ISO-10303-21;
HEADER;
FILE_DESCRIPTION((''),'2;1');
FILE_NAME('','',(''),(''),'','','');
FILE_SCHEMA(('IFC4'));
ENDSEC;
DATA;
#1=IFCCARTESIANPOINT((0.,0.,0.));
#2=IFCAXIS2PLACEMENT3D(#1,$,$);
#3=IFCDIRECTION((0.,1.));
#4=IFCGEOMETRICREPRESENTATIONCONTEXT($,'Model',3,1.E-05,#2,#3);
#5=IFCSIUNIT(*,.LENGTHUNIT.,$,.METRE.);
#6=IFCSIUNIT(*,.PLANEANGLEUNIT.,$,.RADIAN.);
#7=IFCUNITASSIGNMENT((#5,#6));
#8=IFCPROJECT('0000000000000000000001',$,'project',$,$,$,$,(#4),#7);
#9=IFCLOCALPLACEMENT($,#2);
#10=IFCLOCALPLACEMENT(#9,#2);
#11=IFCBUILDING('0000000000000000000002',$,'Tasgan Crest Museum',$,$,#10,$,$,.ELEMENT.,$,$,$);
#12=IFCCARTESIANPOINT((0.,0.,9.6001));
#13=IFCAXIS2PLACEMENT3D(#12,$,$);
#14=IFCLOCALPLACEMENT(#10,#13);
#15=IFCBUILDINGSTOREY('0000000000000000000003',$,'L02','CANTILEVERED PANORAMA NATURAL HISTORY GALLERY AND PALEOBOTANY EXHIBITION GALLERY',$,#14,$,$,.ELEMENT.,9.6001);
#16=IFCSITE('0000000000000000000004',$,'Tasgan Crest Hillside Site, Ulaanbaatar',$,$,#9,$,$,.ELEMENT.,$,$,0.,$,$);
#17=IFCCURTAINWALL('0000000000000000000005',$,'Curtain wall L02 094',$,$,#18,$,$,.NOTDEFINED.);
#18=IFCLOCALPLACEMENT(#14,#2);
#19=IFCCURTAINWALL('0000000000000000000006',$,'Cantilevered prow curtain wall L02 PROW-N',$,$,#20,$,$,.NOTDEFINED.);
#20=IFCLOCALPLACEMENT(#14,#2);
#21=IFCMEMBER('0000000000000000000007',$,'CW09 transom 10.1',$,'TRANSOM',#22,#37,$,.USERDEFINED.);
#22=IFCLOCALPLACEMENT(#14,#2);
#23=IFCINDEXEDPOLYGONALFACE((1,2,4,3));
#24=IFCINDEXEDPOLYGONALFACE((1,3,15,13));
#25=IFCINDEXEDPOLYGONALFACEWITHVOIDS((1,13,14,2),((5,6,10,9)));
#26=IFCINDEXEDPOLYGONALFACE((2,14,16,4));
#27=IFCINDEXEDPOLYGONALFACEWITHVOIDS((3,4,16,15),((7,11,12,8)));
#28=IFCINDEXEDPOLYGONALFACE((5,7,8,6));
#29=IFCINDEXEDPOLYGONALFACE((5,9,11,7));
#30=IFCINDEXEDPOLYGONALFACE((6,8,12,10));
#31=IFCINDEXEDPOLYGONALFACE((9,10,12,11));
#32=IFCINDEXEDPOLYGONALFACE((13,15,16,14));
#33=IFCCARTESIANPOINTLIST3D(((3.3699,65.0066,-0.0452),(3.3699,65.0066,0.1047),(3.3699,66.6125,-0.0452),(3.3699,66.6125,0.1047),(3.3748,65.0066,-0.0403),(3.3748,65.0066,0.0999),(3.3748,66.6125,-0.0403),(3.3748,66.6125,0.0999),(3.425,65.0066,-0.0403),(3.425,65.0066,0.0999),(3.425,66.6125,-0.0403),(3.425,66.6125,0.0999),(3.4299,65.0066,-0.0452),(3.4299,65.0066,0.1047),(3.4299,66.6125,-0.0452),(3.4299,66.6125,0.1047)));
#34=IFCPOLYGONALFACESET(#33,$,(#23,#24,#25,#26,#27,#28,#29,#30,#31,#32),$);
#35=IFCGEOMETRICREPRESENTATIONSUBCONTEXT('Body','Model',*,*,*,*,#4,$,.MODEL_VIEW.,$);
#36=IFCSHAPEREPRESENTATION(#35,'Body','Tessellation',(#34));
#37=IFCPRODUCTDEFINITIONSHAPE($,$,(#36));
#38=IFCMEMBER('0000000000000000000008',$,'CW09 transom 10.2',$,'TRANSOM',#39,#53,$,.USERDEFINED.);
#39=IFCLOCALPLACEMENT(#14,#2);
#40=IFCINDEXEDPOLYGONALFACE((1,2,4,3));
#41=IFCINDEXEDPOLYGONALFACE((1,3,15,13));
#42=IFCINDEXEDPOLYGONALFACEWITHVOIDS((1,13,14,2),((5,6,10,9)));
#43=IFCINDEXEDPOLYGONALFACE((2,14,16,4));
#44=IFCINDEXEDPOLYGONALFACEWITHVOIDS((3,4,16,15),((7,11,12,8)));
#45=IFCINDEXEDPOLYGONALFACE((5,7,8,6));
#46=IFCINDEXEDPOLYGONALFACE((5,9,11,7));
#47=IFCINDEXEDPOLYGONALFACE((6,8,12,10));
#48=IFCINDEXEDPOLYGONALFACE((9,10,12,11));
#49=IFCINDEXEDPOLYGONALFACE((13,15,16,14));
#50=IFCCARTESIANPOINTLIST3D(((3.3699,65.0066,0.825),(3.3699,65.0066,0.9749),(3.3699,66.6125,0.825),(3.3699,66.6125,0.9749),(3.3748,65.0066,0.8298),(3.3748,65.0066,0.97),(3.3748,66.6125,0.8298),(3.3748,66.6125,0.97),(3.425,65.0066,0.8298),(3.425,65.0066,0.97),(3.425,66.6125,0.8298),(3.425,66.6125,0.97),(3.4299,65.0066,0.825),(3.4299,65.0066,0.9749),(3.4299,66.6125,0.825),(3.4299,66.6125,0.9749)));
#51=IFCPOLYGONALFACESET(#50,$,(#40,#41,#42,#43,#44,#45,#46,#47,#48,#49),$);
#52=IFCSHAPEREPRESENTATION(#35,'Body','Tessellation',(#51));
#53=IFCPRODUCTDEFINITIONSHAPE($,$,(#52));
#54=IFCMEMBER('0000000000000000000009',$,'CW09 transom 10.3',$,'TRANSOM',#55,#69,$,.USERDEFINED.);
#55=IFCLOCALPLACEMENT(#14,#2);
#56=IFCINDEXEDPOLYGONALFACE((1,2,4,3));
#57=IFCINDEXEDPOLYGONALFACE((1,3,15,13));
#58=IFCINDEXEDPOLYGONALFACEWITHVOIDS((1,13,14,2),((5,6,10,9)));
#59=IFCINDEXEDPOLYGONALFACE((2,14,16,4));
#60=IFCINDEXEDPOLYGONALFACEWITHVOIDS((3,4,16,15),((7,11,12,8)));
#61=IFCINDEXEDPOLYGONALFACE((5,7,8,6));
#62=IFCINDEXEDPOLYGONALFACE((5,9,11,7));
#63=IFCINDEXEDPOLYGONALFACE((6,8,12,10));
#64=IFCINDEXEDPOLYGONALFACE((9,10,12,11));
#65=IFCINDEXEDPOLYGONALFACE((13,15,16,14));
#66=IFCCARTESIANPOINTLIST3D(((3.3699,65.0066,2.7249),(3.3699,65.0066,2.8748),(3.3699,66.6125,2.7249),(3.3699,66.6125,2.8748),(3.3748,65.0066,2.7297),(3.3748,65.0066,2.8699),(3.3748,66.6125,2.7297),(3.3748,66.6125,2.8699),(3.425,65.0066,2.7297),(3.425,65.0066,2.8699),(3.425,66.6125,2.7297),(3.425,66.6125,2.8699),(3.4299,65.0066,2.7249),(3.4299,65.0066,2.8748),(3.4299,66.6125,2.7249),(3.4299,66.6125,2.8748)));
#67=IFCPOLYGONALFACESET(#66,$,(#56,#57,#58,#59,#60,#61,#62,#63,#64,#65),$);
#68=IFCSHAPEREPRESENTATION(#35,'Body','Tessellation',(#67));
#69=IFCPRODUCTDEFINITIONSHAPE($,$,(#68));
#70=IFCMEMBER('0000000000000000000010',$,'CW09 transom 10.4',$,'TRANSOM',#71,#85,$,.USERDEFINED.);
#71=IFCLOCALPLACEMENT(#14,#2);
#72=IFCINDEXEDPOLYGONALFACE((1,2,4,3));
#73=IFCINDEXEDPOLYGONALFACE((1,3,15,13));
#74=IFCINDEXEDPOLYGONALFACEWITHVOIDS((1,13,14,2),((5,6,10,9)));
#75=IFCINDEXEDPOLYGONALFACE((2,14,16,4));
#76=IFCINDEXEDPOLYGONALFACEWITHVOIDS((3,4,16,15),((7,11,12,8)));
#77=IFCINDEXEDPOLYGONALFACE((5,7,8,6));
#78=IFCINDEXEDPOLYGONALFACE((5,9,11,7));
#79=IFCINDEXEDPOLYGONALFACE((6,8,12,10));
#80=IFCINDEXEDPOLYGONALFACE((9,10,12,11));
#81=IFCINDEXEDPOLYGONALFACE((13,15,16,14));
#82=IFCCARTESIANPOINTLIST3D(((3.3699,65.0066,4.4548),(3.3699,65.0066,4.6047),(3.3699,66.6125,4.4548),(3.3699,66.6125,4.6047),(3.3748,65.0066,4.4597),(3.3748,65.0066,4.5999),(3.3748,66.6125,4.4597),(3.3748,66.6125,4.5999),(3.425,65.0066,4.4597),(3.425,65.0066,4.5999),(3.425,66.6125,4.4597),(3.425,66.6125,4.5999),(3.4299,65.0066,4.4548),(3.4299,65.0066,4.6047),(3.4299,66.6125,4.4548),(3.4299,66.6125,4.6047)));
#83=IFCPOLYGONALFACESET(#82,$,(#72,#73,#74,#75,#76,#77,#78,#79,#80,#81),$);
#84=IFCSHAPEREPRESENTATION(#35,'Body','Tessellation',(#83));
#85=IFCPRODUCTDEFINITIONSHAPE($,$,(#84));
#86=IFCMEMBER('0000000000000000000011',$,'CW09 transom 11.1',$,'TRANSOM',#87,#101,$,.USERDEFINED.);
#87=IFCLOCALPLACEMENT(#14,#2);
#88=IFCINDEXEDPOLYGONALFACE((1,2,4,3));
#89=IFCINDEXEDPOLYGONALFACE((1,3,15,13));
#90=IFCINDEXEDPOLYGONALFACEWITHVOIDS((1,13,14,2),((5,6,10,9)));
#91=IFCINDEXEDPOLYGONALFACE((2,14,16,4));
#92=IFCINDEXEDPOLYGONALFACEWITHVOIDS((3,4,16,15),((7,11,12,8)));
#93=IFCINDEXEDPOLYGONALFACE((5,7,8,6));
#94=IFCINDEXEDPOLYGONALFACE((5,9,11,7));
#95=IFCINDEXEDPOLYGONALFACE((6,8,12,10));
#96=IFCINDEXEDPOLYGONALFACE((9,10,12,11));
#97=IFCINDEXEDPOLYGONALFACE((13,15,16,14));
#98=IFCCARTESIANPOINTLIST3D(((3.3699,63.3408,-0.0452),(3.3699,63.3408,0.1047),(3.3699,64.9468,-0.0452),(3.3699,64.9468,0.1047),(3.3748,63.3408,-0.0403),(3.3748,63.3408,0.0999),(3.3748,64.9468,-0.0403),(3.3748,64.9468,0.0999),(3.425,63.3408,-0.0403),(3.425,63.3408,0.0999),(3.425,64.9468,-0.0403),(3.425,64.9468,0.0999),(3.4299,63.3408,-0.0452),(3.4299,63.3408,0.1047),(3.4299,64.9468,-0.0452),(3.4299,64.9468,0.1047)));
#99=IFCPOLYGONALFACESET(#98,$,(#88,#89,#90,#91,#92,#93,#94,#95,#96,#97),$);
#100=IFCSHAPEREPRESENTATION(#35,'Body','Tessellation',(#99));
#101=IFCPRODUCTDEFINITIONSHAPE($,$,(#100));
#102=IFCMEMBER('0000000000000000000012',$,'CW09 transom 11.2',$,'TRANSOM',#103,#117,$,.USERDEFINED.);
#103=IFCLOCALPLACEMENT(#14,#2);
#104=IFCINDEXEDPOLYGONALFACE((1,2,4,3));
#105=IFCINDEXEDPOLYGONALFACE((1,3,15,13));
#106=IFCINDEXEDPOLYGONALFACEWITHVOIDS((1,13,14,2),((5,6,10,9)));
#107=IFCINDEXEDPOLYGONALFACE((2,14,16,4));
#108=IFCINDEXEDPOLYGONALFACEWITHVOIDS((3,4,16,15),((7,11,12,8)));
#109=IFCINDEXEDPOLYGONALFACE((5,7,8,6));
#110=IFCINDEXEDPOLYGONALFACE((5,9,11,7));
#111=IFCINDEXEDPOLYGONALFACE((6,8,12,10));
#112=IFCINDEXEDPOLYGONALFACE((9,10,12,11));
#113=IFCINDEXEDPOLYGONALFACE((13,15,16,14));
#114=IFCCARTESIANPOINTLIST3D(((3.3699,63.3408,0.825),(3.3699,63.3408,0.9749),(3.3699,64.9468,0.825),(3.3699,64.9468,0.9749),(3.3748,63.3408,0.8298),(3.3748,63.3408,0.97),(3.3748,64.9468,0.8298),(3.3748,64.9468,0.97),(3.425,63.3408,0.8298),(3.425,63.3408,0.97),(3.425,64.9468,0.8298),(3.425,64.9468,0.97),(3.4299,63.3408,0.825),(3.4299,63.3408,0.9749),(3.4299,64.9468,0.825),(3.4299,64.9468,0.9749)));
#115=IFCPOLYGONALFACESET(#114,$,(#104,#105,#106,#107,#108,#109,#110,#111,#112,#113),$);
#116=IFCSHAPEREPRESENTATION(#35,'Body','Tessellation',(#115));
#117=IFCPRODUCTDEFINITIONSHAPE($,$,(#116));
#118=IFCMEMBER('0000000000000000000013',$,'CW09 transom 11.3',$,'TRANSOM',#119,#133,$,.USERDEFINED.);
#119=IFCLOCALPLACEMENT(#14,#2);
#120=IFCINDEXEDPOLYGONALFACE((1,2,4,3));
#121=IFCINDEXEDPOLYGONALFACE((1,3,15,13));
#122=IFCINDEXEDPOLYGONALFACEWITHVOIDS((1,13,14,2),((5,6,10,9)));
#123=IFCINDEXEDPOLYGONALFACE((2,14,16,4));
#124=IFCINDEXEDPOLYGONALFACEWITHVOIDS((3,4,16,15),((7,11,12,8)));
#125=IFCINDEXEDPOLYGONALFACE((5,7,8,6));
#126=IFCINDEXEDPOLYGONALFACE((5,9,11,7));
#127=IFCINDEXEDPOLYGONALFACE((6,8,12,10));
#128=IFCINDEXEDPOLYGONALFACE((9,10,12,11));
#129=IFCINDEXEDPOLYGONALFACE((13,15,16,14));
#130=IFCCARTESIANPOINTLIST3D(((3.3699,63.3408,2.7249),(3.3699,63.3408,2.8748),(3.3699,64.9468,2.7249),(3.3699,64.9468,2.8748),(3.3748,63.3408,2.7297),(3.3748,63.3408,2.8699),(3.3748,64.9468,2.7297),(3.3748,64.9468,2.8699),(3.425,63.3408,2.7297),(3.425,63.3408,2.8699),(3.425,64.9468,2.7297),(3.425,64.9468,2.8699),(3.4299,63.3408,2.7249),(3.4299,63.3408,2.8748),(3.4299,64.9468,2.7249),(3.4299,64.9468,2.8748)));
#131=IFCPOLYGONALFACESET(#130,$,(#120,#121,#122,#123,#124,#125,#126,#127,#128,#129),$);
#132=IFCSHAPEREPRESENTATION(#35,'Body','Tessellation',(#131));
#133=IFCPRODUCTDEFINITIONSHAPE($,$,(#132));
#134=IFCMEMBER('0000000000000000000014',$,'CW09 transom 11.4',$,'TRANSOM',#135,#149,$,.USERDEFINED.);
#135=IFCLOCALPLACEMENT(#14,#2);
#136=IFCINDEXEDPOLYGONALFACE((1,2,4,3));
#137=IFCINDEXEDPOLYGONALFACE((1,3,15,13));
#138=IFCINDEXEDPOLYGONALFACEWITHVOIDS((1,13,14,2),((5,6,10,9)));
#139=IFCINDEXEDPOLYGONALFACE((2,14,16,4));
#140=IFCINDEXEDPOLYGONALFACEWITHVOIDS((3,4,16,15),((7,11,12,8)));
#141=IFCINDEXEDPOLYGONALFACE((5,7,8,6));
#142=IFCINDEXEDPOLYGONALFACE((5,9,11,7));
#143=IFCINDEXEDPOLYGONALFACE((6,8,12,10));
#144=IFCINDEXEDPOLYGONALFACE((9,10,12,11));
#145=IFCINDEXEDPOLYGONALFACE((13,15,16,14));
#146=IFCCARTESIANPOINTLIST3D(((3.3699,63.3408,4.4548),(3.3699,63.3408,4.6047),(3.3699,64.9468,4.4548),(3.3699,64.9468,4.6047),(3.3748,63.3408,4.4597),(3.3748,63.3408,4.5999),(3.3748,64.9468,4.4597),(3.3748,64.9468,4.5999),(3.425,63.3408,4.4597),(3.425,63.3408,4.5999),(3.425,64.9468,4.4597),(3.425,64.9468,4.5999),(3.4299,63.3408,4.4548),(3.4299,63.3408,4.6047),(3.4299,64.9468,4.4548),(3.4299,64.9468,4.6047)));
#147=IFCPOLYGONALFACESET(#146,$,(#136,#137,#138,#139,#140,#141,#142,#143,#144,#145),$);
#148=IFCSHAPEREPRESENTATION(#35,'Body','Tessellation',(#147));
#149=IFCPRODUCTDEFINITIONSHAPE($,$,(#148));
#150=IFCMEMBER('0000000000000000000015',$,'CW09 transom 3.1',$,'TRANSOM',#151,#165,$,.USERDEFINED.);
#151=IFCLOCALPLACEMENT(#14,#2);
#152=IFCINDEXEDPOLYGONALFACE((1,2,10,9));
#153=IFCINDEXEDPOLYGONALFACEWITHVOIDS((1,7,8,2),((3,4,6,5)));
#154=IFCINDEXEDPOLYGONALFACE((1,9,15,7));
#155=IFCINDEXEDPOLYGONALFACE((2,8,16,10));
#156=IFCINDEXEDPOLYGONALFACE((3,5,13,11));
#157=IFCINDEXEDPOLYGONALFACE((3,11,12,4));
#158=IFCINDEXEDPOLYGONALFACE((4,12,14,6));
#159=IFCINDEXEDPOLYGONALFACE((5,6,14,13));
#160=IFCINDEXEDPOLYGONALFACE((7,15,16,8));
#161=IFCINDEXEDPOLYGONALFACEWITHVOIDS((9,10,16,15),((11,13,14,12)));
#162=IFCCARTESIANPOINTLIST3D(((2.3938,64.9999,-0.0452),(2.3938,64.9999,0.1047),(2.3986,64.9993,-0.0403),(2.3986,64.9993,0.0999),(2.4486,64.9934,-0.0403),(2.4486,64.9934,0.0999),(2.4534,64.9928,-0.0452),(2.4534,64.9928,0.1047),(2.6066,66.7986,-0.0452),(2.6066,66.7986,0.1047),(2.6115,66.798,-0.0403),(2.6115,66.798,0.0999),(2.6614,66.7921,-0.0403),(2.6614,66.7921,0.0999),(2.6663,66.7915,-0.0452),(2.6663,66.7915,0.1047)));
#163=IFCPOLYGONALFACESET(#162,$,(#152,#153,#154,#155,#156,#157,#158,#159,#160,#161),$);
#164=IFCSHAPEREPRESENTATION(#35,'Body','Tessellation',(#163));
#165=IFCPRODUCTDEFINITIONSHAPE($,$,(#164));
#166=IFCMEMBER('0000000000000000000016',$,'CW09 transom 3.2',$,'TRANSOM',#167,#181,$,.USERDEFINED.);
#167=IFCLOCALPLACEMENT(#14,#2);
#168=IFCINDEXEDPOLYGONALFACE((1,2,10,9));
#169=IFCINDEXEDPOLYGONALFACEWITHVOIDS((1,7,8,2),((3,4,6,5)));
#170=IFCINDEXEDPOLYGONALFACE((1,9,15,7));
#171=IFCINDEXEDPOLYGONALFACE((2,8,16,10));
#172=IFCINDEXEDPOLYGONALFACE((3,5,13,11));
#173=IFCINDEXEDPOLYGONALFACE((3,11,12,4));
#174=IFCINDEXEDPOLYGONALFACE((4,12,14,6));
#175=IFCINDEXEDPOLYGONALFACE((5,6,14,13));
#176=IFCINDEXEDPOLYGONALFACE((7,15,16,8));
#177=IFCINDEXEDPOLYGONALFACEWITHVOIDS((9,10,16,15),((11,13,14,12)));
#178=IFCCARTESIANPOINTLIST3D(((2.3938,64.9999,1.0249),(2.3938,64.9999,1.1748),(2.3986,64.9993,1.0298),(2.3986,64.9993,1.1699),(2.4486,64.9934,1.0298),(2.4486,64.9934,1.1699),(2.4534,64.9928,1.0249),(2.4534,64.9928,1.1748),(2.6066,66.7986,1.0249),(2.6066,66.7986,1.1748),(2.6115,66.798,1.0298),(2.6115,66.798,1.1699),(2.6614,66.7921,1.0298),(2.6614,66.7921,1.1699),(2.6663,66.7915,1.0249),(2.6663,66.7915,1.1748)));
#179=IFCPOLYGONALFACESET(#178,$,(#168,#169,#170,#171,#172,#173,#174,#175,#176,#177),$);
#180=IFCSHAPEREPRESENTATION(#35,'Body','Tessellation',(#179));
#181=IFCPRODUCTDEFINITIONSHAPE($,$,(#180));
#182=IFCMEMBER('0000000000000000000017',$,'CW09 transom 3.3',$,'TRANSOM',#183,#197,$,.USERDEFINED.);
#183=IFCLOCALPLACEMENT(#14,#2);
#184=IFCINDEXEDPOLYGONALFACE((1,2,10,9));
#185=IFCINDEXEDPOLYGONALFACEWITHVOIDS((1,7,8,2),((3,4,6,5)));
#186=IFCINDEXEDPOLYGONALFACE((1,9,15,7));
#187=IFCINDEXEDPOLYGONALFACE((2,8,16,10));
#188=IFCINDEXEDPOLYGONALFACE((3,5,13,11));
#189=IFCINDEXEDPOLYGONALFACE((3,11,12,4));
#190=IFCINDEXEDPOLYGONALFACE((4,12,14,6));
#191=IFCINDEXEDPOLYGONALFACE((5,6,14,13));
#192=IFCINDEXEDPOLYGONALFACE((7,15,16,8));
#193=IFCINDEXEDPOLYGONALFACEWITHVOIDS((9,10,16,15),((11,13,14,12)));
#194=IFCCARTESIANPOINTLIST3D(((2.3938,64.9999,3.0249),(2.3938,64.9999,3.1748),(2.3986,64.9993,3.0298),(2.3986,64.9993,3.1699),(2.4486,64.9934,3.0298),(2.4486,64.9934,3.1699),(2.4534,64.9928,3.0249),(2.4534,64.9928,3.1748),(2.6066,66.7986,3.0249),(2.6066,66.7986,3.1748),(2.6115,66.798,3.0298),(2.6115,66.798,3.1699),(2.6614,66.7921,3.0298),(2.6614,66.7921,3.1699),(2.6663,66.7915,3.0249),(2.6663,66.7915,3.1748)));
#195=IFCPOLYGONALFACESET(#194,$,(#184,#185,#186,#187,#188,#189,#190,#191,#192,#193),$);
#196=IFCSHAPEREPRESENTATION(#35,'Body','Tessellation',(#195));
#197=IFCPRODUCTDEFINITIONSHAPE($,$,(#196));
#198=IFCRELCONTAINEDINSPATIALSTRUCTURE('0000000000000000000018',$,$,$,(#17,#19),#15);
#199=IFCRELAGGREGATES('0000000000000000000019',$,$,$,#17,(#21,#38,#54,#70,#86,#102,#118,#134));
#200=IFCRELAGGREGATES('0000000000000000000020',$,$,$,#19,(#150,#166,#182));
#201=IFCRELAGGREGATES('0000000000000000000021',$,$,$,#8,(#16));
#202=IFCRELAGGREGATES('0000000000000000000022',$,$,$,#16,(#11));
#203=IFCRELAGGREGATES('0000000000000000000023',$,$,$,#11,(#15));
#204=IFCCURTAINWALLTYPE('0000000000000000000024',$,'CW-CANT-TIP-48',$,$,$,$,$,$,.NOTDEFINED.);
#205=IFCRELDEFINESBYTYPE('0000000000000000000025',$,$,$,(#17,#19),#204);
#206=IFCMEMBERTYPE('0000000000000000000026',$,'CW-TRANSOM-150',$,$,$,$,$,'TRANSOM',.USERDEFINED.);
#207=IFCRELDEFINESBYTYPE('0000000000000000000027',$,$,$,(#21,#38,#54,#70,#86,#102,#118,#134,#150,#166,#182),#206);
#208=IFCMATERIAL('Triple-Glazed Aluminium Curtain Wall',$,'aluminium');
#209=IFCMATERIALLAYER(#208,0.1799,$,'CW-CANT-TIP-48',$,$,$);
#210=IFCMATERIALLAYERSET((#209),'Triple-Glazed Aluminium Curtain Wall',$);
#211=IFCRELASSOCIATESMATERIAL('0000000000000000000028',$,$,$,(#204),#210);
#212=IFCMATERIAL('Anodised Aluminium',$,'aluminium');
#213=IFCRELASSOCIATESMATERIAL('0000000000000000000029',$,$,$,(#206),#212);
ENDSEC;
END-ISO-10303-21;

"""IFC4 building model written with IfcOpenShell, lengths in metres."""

from ifc_helpers import new_model, si_unit, direction, frame, origin, origin_2d, place, context, subcontext, project, spatial, hollow_rectangle, extrude, material, layer, layer_set, material_profile, profile_set, type_object, element, aggregate, save


model = new_model("IFC4")

# Units and contexts
model_context = context("Model", 3, precision=1e-05, world=origin(), true_north=direction((0.0, 1.0)))
body_context = subcontext(model_context, "Body", "Model", "MODEL_VIEW")
ifc_project = project(units=[si_unit("LENGTHUNIT", "METRE"), si_unit("PLANEANGLEUNIT", "RADIAN")], contexts=[model_context])

# Site, building, storey
site_placement = place(None, origin())
site = spatial("IfcSite", under=ifc_project, at=site_placement, Name="Tasgan Crest Hillside Site, Ulaanbaatar", CompositionType="ELEMENT", RefElevation=0.0)
building_placement = place(site_placement, origin())
building = spatial("IfcBuilding", under=site, at=building_placement, Name="Tasgan Crest Museum", CompositionType="ELEMENT")
storey_placement = place(building_placement, frame((0.0, 0.0, 9.6001)))
storey = spatial("IfcBuildingStorey", under=building, at=storey_placement, Name="L02", Description="CANTILEVERED PANORAMA NATURAL HISTORY GALLERY AND PALEOBOTANY EXHIBITION GALLERY", CompositionType="ELEMENT", Elevation=9.6001)

# Curtain walls
ifc_material_1 = material(Name="Triple-Glazed Aluminium Curtain Wall", Category="aluminium")
ifc_layer_1 = layer(ifc_material_1, 0.1799, Name="CW-CANT-TIP-48")
ifc_layer_set_1 = layer_set([ifc_layer_1], Name="Triple-Glazed Aluminium Curtain Wall")
curtain_wall_type = type_object("IfcCurtainWallType", Name="CW-CANT-TIP-48", PredefinedType="NOTDEFINED", material=ifc_layer_set_1)
curtain_wall_1_placement = place(storey_placement, origin())
curtain_wall_1 = element("IfcCurtainWall", 1, at=curtain_wall_1_placement, inside=storey, type_object=curtain_wall_type, Name="Curtain wall L02 094", PredefinedType="NOTDEFINED")
curtain_wall_2_placement = place(storey_placement, origin())
curtain_wall_2 = element("IfcCurtainWall", 2, at=curtain_wall_2_placement, inside=storey, type_object=curtain_wall_type, Name="Cantilevered prow curtain wall L02 PROW-N", PredefinedType="NOTDEFINED")

# Members
ifc_material_2 = material(Name="Anodised Aluminium", Category="aluminium")
ifc_material_profile_1 = material_profile(ifc_material_2, hollow_rectangle(XDim=0.0601, YDim=0.1499, WallThickness=0.0049, at=origin_2d()), Name="ALU TRANSOM 150x60x5")
ifc_profile_set_1 = profile_set([ifc_material_profile_1], Name="Anodised Aluminium")
member_type_1 = type_object("IfcMemberType", Name="CW-TRANSOM-150", ElementType="TRANSOM", PredefinedType="USERDEFINED", material=ifc_profile_set_1)
member_1_placement = place(storey_placement, frame((3.3999, 66.6125, 0.0298), z_axis=(0.0, -1.0, 0.0), x_axis=(1.0, 0.0, 0.0)))
member_1 = element("IfcMember", 3, at=member_1_placement, type_object=member_type_1, Name="CW09 transom 10.1", ObjectType="TRANSOM", PredefinedType="USERDEFINED", context=body_context, shape_type="SweptSolid", body=[
    extrude(hollow_rectangle(XDim=0.0601, YDim=0.1499, WallThickness=0.0049, at=origin_2d()), origin(), (0.0, 0.0, 1.0), 1.606),
])
member_2_placement = place(storey_placement, frame((3.3999, 66.6125, 0.8999), z_axis=(0.0, -1.0, 0.0), x_axis=(1.0, 0.0, 0.0)))
member_2 = element("IfcMember", 4, at=member_2_placement, type_object=member_type_1, Name="CW09 transom 10.2", ObjectType="TRANSOM", PredefinedType="USERDEFINED", context=body_context, shape_type="SweptSolid", body=[
    extrude(hollow_rectangle(XDim=0.0601, YDim=0.1499, WallThickness=0.0049, at=origin_2d()), origin(), (0.0, 0.0, 1.0), 1.606),
])
member_3_placement = place(storey_placement, frame((3.3999, 66.6125, 2.7998), z_axis=(0.0, -1.0, 0.0), x_axis=(1.0, 0.0, 0.0)))
member_3 = element("IfcMember", 5, at=member_3_placement, type_object=member_type_1, Name="CW09 transom 10.3", ObjectType="TRANSOM", PredefinedType="USERDEFINED", context=body_context, shape_type="SweptSolid", body=[
    extrude(hollow_rectangle(XDim=0.0601, YDim=0.1499, WallThickness=0.0049, at=origin_2d()), origin(), (0.0, 0.0, 1.0), 1.606),
])
member_4_placement = place(storey_placement, frame((3.3999, 66.6125, 4.5298), z_axis=(0.0, -1.0, 0.0), x_axis=(1.0, 0.0, 0.0)))
member_4 = element("IfcMember", 6, at=member_4_placement, type_object=member_type_1, Name="CW09 transom 10.4", ObjectType="TRANSOM", PredefinedType="USERDEFINED", context=body_context, shape_type="SweptSolid", body=[
    extrude(hollow_rectangle(XDim=0.0601, YDim=0.1499, WallThickness=0.0049, at=origin_2d()), origin(), (0.0, 0.0, 1.0), 1.606),
])
member_5_placement = place(storey_placement, frame((3.3999, 64.9468, 0.0298), z_axis=(0.0, -1.0, 0.0), x_axis=(1.0, 0.0, 0.0)))
member_5 = element("IfcMember", 7, at=member_5_placement, type_object=member_type_1, Name="CW09 transom 11.1", ObjectType="TRANSOM", PredefinedType="USERDEFINED", context=body_context, shape_type="SweptSolid", body=[
    extrude(hollow_rectangle(XDim=0.0601, YDim=0.1499, WallThickness=0.0049, at=origin_2d()), origin(), (0.0, 0.0, 1.0), 1.606),
])
member_6_placement = place(storey_placement, frame((3.3999, 64.9468, 0.8999), z_axis=(0.0, -1.0, 0.0), x_axis=(1.0, 0.0, 0.0)))
member_6 = element("IfcMember", 8, at=member_6_placement, type_object=member_type_1, Name="CW09 transom 11.2", ObjectType="TRANSOM", PredefinedType="USERDEFINED", context=body_context, shape_type="SweptSolid", body=[
    extrude(hollow_rectangle(XDim=0.0601, YDim=0.1499, WallThickness=0.0049, at=origin_2d()), origin(), (0.0, 0.0, 1.0), 1.606),
])
member_7_placement = place(storey_placement, frame((3.3999, 64.9468, 2.7998), z_axis=(0.0, -1.0, 0.0), x_axis=(1.0, 0.0, 0.0)))
member_7 = element("IfcMember", 9, at=member_7_placement, type_object=member_type_1, Name="CW09 transom 11.3", ObjectType="TRANSOM", PredefinedType="USERDEFINED", context=body_context, shape_type="SweptSolid", body=[
    extrude(hollow_rectangle(XDim=0.0601, YDim=0.1499, WallThickness=0.0049, at=origin_2d()), origin(), (0.0, 0.0, 1.0), 1.606),
])
member_8_placement = place(storey_placement, frame((3.3999, 64.9468, 4.5298), z_axis=(0.0, -1.0, 0.0), x_axis=(1.0, 0.0, 0.0)))
member_8 = element("IfcMember", 10, at=member_8_placement, type_object=member_type_1, Name="CW09 transom 11.4", ObjectType="TRANSOM", PredefinedType="USERDEFINED", context=body_context, shape_type="SweptSolid", body=[
    extrude(hollow_rectangle(XDim=0.0601, YDim=0.1499, WallThickness=0.0049, at=origin_2d()), origin(), (0.0, 0.0, 1.0), 1.606),
])
member_9_placement = place(storey_placement, frame((2.4236, 64.9963, 0.0298), z_axis=(0.117529, 0.993069, 0.0), x_axis=(-0.993069, 0.117529, 0.0)))
member_9 = element("IfcMember", 11, at=member_9_placement, type_object=member_type_1, Name="CW09 transom 3.1", ObjectType="TRANSOM", PredefinedType="USERDEFINED", context=body_context, shape_type="SweptSolid", body=[
    extrude(hollow_rectangle(XDim=0.0601, YDim=0.1499, WallThickness=0.0049, at=origin_2d()), origin(), (0.0, 0.0, 1.0), 1.8113),
])
member_10_placement = place(storey_placement, frame((2.4236, 64.9963, 1.0999), z_axis=(0.117529, 0.993069, 0.0), x_axis=(-0.993069, 0.117529, 0.0)))
member_10 = element("IfcMember", 12, at=member_10_placement, type_object=member_type_1, Name="CW09 transom 3.2", ObjectType="TRANSOM", PredefinedType="USERDEFINED", context=body_context, shape_type="SweptSolid", body=[
    extrude(hollow_rectangle(XDim=0.0601, YDim=0.1499, WallThickness=0.0049, at=origin_2d()), origin(), (0.0, 0.0, 1.0), 1.8113),
])
member_11_placement = place(storey_placement, frame((2.4236, 64.9963, 3.0999), z_axis=(0.117529, 0.993069, 0.0), x_axis=(-0.993069, 0.117529, 0.0)))
member_11 = element("IfcMember", 13, at=member_11_placement, type_object=member_type_1, Name="CW09 transom 3.3", ObjectType="TRANSOM", PredefinedType="USERDEFINED", context=body_context, shape_type="SweptSolid", body=[
    extrude(hollow_rectangle(XDim=0.0601, YDim=0.1499, WallThickness=0.0049, at=origin_2d()), origin(), (0.0, 0.0, 1.0), 1.8113),
])

aggregate(curtain_wall_1, [member_1, member_2, member_3, member_4, member_5, member_6, member_7, member_8])
aggregate(curtain_wall_2, [member_9, member_10, member_11])

save(model, "model.ifc")
